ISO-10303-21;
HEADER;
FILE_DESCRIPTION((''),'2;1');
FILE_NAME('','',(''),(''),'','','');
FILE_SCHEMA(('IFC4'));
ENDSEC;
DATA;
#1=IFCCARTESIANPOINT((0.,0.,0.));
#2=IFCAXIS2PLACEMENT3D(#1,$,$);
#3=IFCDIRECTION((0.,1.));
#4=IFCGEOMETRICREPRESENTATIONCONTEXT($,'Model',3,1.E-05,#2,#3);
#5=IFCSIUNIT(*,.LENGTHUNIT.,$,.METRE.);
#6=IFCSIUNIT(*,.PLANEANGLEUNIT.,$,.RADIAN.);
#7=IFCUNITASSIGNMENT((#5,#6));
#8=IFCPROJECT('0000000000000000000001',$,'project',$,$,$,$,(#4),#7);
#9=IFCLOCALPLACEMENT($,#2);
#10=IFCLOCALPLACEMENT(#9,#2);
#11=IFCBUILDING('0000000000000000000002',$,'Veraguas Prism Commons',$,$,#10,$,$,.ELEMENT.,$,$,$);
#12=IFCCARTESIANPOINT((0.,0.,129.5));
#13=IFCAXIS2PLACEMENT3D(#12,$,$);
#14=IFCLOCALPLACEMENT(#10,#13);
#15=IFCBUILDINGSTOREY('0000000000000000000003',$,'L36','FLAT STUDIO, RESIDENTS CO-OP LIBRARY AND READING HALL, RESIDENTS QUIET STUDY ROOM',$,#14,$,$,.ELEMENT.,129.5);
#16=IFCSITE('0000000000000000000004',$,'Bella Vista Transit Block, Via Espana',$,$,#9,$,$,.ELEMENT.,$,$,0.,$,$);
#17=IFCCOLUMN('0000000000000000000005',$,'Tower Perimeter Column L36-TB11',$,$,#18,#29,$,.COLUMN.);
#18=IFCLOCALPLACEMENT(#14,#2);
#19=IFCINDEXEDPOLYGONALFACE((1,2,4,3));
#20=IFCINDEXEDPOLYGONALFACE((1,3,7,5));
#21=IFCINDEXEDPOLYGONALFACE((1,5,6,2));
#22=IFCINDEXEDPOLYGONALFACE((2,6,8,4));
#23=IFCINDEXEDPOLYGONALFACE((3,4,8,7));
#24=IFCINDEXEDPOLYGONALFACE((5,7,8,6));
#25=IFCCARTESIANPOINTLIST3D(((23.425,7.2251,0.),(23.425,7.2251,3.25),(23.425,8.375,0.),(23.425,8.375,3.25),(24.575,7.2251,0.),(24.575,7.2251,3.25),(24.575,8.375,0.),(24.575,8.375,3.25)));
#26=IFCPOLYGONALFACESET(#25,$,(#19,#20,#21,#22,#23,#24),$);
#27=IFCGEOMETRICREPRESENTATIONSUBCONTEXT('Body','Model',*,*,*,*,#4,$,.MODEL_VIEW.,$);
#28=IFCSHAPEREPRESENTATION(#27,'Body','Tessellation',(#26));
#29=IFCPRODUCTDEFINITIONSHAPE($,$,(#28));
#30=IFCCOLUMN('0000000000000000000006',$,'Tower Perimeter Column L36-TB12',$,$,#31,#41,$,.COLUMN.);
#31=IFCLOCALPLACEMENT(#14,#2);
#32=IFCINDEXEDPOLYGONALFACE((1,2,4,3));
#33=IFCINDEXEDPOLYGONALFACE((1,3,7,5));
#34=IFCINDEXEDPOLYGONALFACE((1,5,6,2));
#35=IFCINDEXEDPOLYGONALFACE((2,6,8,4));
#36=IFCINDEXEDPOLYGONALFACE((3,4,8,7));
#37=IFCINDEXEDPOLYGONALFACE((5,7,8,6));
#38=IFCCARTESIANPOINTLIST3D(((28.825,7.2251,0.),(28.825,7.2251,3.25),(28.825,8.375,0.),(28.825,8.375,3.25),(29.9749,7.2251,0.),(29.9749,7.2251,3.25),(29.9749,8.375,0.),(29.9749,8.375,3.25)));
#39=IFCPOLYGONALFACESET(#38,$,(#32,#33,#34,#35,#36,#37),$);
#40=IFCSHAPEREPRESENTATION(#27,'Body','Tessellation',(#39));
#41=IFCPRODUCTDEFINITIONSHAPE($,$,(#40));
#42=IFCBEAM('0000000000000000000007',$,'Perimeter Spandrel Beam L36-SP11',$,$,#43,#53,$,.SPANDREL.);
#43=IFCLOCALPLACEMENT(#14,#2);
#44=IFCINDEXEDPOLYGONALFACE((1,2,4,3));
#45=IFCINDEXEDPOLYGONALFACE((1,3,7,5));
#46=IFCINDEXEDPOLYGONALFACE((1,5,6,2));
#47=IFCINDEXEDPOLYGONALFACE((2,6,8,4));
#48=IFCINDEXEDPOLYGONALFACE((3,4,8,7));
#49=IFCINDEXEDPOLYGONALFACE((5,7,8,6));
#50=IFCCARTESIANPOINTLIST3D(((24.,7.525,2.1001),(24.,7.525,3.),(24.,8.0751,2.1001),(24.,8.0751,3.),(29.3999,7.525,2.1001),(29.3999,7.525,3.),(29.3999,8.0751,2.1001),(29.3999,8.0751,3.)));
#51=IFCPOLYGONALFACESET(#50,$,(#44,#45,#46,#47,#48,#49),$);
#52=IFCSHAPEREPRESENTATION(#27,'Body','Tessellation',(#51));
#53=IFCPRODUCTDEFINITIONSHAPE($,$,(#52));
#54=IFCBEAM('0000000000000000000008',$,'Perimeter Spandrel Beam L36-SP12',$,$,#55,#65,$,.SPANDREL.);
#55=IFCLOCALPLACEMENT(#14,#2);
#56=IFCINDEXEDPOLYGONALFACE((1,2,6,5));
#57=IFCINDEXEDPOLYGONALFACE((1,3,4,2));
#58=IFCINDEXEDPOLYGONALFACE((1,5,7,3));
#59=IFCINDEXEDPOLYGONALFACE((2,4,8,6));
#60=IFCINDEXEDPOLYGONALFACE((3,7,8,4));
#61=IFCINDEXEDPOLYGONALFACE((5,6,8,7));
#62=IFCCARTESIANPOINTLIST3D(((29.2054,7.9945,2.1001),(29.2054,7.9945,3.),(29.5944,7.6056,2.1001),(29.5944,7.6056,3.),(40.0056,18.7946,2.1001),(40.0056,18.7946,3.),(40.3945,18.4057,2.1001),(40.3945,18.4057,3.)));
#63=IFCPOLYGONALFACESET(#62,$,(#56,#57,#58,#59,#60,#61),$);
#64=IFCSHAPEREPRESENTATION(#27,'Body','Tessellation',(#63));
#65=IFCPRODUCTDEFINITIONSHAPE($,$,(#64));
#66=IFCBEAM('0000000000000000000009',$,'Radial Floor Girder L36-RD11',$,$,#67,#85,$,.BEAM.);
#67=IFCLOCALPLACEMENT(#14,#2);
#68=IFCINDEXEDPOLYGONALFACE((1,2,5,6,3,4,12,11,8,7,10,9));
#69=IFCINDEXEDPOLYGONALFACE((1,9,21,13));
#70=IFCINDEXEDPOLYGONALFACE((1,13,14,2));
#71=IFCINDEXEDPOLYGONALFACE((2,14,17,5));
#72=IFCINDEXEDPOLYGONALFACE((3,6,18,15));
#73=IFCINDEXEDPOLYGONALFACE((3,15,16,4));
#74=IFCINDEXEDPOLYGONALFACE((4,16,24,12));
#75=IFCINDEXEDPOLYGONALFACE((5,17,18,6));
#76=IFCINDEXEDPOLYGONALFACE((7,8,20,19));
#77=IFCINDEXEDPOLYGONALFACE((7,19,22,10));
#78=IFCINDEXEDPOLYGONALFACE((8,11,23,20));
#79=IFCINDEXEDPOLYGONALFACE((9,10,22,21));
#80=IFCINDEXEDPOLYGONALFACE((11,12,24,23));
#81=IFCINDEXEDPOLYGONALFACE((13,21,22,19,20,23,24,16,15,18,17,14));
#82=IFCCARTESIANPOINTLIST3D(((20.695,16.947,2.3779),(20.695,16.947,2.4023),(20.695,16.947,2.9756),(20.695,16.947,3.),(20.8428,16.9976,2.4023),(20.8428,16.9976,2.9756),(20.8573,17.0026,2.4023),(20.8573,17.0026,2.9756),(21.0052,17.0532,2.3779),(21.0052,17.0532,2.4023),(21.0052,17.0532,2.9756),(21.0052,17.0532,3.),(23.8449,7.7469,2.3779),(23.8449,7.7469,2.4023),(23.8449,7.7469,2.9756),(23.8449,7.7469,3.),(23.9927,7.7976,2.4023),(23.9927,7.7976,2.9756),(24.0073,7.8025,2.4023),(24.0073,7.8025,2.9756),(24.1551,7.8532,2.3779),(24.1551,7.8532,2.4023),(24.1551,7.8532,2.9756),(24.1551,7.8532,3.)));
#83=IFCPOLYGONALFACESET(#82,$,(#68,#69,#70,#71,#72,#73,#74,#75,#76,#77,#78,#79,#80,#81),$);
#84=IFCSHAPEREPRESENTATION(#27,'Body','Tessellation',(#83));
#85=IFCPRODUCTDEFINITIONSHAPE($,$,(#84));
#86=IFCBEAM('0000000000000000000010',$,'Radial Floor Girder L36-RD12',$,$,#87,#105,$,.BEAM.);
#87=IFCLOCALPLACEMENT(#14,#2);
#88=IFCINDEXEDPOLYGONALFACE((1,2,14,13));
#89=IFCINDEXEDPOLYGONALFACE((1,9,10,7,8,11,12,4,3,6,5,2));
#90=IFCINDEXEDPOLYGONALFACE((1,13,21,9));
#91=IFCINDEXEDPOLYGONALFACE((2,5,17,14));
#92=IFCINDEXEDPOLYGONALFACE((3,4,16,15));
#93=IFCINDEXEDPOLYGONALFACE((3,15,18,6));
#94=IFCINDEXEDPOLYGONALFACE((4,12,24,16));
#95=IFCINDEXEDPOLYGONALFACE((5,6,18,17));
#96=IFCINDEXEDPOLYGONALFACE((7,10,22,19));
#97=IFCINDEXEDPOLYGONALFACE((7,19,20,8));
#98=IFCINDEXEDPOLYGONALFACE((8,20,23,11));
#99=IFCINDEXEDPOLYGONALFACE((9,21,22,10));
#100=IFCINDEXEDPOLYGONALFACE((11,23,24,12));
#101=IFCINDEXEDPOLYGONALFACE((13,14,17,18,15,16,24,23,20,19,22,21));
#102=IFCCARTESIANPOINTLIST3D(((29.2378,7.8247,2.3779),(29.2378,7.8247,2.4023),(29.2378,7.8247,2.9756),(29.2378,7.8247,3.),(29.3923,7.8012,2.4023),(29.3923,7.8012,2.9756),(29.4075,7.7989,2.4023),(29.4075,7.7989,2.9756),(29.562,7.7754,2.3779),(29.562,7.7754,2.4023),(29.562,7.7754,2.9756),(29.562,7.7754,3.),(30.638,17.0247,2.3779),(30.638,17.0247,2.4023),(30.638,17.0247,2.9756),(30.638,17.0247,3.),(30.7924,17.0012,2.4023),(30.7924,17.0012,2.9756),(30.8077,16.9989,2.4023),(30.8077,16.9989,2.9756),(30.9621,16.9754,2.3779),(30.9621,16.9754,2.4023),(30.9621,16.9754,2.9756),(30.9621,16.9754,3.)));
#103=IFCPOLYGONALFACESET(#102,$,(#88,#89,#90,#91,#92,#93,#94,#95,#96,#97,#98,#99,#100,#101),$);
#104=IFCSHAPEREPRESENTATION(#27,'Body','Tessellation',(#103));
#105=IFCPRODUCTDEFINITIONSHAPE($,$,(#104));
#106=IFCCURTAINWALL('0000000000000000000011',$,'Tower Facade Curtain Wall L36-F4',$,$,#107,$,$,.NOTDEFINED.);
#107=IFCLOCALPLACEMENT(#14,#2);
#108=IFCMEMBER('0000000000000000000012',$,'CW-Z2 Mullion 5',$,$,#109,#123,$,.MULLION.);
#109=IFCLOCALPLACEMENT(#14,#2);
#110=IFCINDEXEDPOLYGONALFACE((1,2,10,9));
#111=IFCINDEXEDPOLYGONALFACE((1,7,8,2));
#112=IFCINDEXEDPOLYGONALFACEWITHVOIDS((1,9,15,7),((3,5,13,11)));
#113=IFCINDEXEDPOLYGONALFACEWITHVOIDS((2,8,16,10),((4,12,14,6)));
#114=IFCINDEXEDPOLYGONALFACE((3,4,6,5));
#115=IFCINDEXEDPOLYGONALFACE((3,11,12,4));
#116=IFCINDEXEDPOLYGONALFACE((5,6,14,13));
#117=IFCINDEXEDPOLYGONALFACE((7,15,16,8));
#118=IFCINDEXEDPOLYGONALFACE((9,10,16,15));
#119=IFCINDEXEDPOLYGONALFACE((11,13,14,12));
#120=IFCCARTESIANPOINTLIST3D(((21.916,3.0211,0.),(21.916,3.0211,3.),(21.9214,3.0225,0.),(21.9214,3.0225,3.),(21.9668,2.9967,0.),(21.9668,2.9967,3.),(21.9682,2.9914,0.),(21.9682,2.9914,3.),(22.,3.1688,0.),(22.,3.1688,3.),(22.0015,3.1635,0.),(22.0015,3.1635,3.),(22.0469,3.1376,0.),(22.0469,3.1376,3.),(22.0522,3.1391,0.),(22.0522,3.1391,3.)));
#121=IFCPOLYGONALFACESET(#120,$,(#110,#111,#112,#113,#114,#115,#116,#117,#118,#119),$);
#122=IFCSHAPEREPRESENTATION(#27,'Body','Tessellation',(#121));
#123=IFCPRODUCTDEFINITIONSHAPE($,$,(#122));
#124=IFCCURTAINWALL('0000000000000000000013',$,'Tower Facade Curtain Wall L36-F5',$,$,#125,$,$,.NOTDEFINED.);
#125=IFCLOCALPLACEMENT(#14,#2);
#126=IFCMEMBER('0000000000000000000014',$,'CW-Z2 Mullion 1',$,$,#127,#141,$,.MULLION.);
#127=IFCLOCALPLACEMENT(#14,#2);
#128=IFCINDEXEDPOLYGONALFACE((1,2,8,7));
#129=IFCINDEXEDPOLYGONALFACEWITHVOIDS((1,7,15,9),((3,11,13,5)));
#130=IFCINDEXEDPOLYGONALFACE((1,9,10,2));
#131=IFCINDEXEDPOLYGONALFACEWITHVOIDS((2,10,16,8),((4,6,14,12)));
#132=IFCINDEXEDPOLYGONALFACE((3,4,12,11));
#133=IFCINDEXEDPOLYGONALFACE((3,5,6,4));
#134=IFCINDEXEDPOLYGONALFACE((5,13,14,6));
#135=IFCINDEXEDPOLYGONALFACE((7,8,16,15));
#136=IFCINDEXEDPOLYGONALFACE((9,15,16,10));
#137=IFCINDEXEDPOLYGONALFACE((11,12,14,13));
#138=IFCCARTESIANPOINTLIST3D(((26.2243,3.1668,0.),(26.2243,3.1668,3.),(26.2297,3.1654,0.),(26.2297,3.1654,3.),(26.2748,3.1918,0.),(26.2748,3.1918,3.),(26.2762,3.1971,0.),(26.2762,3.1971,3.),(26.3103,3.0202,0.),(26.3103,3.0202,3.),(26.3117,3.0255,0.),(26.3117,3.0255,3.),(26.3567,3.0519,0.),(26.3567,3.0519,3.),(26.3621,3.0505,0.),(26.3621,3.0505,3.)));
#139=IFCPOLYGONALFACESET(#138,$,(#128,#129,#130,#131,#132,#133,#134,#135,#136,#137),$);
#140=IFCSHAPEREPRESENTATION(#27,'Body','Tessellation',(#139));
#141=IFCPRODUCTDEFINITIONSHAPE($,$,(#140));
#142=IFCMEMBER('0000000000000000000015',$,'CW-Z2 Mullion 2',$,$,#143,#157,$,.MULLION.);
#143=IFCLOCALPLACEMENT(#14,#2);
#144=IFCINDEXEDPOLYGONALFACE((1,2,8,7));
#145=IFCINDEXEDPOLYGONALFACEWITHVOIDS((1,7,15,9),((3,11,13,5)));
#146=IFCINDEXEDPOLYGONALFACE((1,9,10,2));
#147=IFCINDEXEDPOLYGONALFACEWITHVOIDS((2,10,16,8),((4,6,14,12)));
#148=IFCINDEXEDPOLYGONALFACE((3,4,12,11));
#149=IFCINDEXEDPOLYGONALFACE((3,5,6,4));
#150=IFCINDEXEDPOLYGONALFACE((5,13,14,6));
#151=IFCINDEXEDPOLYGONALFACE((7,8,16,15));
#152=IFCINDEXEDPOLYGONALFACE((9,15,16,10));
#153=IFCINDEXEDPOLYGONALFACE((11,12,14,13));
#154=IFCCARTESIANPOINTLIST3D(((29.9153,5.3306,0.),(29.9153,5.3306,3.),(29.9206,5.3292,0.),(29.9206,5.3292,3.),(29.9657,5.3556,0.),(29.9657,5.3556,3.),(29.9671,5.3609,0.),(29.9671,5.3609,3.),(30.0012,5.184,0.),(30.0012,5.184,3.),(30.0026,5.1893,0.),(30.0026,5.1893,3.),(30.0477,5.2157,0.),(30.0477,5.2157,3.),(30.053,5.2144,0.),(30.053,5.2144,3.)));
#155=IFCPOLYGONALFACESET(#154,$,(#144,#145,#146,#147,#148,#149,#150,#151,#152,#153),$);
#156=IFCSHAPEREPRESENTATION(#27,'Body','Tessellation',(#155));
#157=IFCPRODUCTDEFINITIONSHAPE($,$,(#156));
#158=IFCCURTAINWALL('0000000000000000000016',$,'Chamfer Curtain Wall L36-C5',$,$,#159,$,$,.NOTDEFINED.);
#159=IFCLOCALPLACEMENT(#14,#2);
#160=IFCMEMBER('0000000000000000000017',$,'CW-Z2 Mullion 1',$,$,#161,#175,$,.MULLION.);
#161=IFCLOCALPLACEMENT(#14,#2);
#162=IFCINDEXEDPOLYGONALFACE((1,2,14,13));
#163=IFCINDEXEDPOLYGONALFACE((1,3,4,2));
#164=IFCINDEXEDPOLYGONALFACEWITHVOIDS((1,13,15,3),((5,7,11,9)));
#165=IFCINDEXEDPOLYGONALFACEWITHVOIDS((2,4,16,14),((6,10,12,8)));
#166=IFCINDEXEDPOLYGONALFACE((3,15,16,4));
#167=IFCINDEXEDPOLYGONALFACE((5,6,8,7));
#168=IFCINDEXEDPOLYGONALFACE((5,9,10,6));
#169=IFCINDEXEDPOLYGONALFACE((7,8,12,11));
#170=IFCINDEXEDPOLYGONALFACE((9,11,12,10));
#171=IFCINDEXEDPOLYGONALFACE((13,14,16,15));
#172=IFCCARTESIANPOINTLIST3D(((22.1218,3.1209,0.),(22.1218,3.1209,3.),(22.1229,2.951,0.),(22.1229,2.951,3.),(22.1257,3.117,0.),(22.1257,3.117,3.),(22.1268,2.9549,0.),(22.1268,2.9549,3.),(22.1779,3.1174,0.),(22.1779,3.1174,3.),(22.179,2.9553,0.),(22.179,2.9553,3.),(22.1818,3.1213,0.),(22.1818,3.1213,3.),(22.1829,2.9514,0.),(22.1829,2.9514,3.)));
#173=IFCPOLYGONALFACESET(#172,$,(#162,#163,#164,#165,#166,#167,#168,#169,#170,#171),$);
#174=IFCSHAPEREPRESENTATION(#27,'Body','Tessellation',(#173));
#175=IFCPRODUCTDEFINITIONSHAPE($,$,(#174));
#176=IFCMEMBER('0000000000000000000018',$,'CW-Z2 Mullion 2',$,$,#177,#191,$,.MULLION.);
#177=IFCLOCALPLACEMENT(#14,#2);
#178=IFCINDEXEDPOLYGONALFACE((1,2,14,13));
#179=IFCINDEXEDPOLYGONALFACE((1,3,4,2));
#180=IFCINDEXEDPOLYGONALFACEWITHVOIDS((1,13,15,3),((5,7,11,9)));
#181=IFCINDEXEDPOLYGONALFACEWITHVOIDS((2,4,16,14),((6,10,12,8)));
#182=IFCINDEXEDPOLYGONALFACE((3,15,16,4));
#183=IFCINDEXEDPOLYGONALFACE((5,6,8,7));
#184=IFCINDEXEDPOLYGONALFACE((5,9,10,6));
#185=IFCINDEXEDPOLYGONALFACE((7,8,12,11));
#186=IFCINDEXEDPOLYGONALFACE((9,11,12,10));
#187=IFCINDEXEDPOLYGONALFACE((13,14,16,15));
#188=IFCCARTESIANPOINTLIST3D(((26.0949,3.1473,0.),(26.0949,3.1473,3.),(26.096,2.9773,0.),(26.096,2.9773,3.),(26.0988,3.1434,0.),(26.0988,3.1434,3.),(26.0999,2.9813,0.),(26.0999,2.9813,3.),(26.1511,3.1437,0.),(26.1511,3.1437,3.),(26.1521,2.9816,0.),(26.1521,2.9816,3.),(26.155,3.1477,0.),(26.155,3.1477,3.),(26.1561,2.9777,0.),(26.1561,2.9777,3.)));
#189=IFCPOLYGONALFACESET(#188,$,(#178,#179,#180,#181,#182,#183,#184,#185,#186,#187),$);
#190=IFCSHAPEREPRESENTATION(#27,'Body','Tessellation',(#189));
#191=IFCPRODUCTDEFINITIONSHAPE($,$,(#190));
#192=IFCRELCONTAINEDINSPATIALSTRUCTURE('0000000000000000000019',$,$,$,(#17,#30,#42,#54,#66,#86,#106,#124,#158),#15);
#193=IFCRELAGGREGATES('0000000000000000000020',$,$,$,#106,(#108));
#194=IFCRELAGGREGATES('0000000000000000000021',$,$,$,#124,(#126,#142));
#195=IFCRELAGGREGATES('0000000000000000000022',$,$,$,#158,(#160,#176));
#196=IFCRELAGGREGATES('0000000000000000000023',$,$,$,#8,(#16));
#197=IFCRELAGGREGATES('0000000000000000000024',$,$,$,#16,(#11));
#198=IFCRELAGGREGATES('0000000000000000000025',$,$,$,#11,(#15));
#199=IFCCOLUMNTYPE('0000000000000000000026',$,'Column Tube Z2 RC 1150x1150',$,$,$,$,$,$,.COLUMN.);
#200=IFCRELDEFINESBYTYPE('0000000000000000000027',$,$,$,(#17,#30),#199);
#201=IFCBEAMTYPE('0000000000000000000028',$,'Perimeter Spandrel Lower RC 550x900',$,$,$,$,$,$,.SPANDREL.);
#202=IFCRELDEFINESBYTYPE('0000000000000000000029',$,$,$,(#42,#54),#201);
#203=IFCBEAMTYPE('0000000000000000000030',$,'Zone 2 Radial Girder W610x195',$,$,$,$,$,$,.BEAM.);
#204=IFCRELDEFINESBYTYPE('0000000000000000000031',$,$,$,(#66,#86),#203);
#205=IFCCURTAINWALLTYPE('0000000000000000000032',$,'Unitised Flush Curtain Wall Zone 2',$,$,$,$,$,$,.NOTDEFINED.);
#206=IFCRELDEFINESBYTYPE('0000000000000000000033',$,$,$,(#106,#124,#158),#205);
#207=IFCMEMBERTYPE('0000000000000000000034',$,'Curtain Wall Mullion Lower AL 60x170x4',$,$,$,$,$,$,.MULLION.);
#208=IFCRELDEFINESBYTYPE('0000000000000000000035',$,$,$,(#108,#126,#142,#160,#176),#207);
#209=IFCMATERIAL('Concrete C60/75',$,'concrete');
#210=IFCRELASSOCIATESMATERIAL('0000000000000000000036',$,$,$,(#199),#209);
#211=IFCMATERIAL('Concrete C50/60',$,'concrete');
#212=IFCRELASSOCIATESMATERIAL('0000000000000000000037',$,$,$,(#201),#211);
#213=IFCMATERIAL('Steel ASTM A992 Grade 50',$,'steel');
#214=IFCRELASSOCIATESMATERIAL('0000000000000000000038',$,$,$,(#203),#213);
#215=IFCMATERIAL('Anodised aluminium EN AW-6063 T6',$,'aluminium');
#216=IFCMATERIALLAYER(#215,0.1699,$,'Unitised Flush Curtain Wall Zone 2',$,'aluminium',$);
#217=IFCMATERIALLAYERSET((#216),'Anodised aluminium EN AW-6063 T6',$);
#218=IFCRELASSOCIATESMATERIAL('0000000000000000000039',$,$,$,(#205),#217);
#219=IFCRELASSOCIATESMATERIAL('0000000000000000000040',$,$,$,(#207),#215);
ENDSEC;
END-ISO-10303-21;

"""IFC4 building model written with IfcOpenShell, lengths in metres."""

from ifc_helpers import new_model, si_unit, direction, frame, origin, origin_2d, place, context, subcontext, project, spatial, rectangle, hollow_rectangle, i_section, extrude, source, transform, mapped, material, layer, layer_set, material_profile, profile_set, type_object, element, aggregate, save


model = new_model("IFC4")

# Units and contexts
model_context = context("Model", 3, precision=1e-05, world=origin(), true_north=direction((0.0, 1.0)))
body_context = subcontext(model_context, "Body", "Model", "MODEL_VIEW")
ifc_project = project(units=[si_unit("LENGTHUNIT", "METRE"), si_unit("PLANEANGLEUNIT", "RADIAN")], contexts=[model_context])

# Site, building, storey
site_placement = place(None, origin())
site = spatial("IfcSite", under=ifc_project, at=site_placement, Name="Bella Vista Transit Block, Via Espana", CompositionType="ELEMENT", RefElevation=0.0)
building_placement = place(site_placement, origin())
building = spatial("IfcBuilding", under=site, at=building_placement, Name="Veraguas Prism Commons", CompositionType="ELEMENT")
storey_placement = place(building_placement, frame((0.0, 0.0, 129.5)))
storey = spatial("IfcBuildingStorey", under=building, at=storey_placement, Name="L36", Description="FLAT STUDIO, RESIDENTS CO-OP LIBRARY AND READING HALL, RESIDENTS QUIET STUDY ROOM", CompositionType="ELEMENT", Elevation=129.5)

# Columns
ifc_material_1 = material(Name="Concrete C60/75", Category="concrete")
ifc_material_profile_1 = material_profile(ifc_material_1, rectangle(XDim=1.1499, YDim=1.1499, at=origin_2d()), Name="RC1150X1150")
ifc_profile_set_1 = profile_set([ifc_material_profile_1], Name="Concrete C60/75")
column_type = type_object("IfcColumnType", Name="Column Tube Z2 RC 1150x1150", PredefinedType="COLUMN", material=ifc_profile_set_1)
for number, where, z_axis, x_axis, name in (
    (1, (24.0, 7.8, 0.0), (0.0, 0.0, 1.0), (1.0, 0.0, 0.0), "Tower Perimeter Column L36-TB11"),
    (2, (29.3999, 7.8, 0.0), (0.0, 0.0, 1.0), (1.0, 0.0, 0.0), "Tower Perimeter Column L36-TB12"),
):
    element("IfcColumn", number, at=place(storey_placement, frame(where, z_axis=z_axis, x_axis=x_axis)), inside=storey, type_object=column_type, Name=name, PredefinedType="COLUMN", context=body_context, shape_type="SweptSolid", body=[
        extrude(rectangle(XDim=1.1499, YDim=1.1499, at=origin_2d()), origin(), (0.0, 0.0, 1.0), 3.25),
    ])

# Beams
ifc_material_2 = material(Name="Concrete C50/60", Category="concrete")
ifc_material_profile_2 = material_profile(ifc_material_2, rectangle(XDim=0.55, YDim=0.8999, at=origin_2d()), Name="RC550X900")
ifc_profile_set_2 = profile_set([ifc_material_profile_2], Name="Concrete C50/60")
beam_type_1 = type_object("IfcBeamType", Name="Perimeter Spandrel Lower RC 550x900", PredefinedType="SPANDREL", material=ifc_profile_set_2)
beam_1_placement = place(storey_placement, frame((24.0, 7.8, 2.55), z_axis=(1.0, 0.0, 0.0), x_axis=(0.0, 1.0, 0.0)))
element("IfcBeam", 3, at=beam_1_placement, inside=storey, type_object=beam_type_1, Name="Perimeter Spandrel Beam L36-SP11", PredefinedType="SPANDREL", context=body_context, shape_type="SweptSolid", body=[
    extrude(rectangle(XDim=0.55, YDim=0.8999, at=origin_2d()), origin(), (0.0, 0.0, 1.0), 5.3999),
])
beam_2_placement = place(storey_placement, frame((29.3999, 7.8, 2.55), z_axis=(0.707107, 0.707107, 0.0), x_axis=(-0.707107, 0.707107, 0.0)))
element("IfcBeam", 4, at=beam_2_placement, inside=storey, type_object=beam_type_1, Name="Perimeter Spandrel Beam L36-SP12", PredefinedType="SPANDREL", context=body_context, shape_type="SweptSolid", body=[
    extrude(rectangle(XDim=0.55, YDim=0.8999, at=origin_2d()), origin(), (0.0, 0.0, 1.0), 15.2737),
])
ifc_material_3 = material(Name="Steel ASTM A992 Grade 50", Category="steel")
ifc_material_profile_3 = material_profile(ifc_material_3, i_section(OverallWidth=0.3279, OverallDepth=0.6221, WebThickness=0.0154, FlangeThickness=0.0244, at=origin_2d()), Name="W610X195")
ifc_profile_set_3 = profile_set([ifc_material_profile_3], Name="Steel ASTM A992 Grade 50")
beam_type_2 = type_object("IfcBeamType", Name="Zone 2 Radial Girder W610x195", PredefinedType="BEAM", material=ifc_profile_set_3)
beam_3_placement = place(storey_placement, frame((24.0, 7.8, 2.689), z_axis=(-0.323922, 0.946084, 0.0), x_axis=(-0.946084, -0.323922, 0.0)))
element("IfcBeam", 5, at=beam_3_placement, inside=storey, type_object=beam_type_2, Name="Radial Floor Girder L36-RD11", PredefinedType="BEAM", context=body_context, shape_type="SweptSolid", body=[
    extrude(i_section(OverallWidth=0.3279, OverallDepth=0.6221, WebThickness=0.0154, FlangeThickness=0.0244, at=origin_2d()), origin(), (0.0, 0.0, 1.0), 9.7244),
])
beam_4_placement = place(storey_placement, frame((29.3999, 7.8, 2.689), z_axis=(0.150458, 0.988616, 0.0), x_axis=(-0.988616, 0.150458, 0.0)))
element("IfcBeam", 6, at=beam_4_placement, inside=storey, type_object=beam_type_2, Name="Radial Floor Girder L36-RD12", PredefinedType="BEAM", context=body_context, shape_type="SweptSolid", body=[
    extrude(i_section(OverallWidth=0.3279, OverallDepth=0.6221, WebThickness=0.0154, FlangeThickness=0.0244, at=origin_2d()), origin(), (0.0, 0.0, 1.0), 9.3059),
])

# Curtain wall, member
ifc_material_4 = material(Name="Anodised aluminium EN AW-6063 T6", Category="aluminium")
ifc_layer_1 = layer(ifc_material_4, 0.1699, Name="Unitised Flush Curtain Wall Zone 2", Category="aluminium")
ifc_layer_set_1 = layer_set([ifc_layer_1], Name="Anodised aluminium EN AW-6063 T6")
curtain_wall_type = type_object("IfcCurtainWallType", Name="Unitised Flush Curtain Wall Zone 2", PredefinedType="NOTDEFINED", material=ifc_layer_set_1)
curtain_wall_1_placement = place(storey_placement, origin())
curtain_wall_1 = element("IfcCurtainWall", 7, at=curtain_wall_1_placement, inside=storey, type_object=curtain_wall_type, Name="Tower Facade Curtain Wall L36-F4", PredefinedType="NOTDEFINED")
ifc_material_profile_4 = material_profile(ifc_material_4, hollow_rectangle(XDim=0.0601, YDim=0.1699, WallThickness=0.0039, at=origin_2d()), Name="AL60X170X4")
ifc_profile_set_4 = profile_set([ifc_material_profile_4], Name="Anodised aluminium EN AW-6063 T6")
member_type_1 = type_object("IfcMemberType", Name="Curtain Wall Mullion Lower AL 60x170x4", PredefinedType="MULLION", material=ifc_profile_set_4)
shared_shape_1 = source(origin(), body_context, "Body", "SweptSolid", [
    extrude(hollow_rectangle(XDim=0.0601, YDim=0.1699, WallThickness=0.0039, at=origin_2d()), origin(), (0.0, 0.0, 1.0), 3.0),
])
member_1_placement = place(storey_placement, frame((21.9841, 3.0801, 0.0), z_axis=(0.0, 0.0, 1.0), x_axis=(0.869323, -0.494244, 0.0)))
member_1 = element("IfcMember", 8, at=member_1_placement, type_object=member_type_1, Name="CW-Z2 Mullion 5", PredefinedType="MULLION", context=body_context, shape_type="MappedRepresentation", body=[
    mapped(shared_shape_1, transform((0.0, 0.0, 0.0), scale=1.0)),
])
aggregate(curtain_wall_1, [member_1])

# Curtain walls, members
curtain_wall_2_placement = place(storey_placement, origin())
curtain_wall_2 = element("IfcCurtainWall", 9, at=curtain_wall_2_placement, inside=storey, type_object=curtain_wall_type, Name="Tower Facade Curtain Wall L36-F5", PredefinedType="NOTDEFINED")
member_2_placement = place(storey_placement, frame((26.2932, 3.1086, 0.0), z_axis=(0.0, 0.0, 1.0), x_axis=(0.862686, 0.50574, 0.0)))
member_2 = element("IfcMember", 10, at=member_2_placement, type_object=member_type_1, Name="CW-Z2 Mullion 1", PredefinedType="MULLION", context=body_context, shape_type="MappedRepresentation", body=[
    mapped(shared_shape_1, transform((0.0, 0.0, 0.0), scale=1.0)),
])
member_3_placement = place(storey_placement, frame((29.9841, 5.2725, 0.0), z_axis=(0.0, 0.0, 1.0), x_axis=(0.862686, 0.50574, 0.0)))
member_3 = element("IfcMember", 11, at=member_3_placement, type_object=member_type_1, Name="CW-Z2 Mullion 2", PredefinedType="MULLION", context=body_context, shape_type="MappedRepresentation", body=[
    mapped(shared_shape_1, transform((0.0, 0.0, 0.0), scale=1.0)),
])
curtain_wall_3_placement = place(storey_placement, origin())
curtain_wall_3 = element("IfcCurtainWall", 12, at=curtain_wall_3_placement, inside=storey, type_object=curtain_wall_type, Name="Chamfer Curtain Wall L36-C5", PredefinedType="NOTDEFINED")
member_4_placement = place(storey_placement, frame((22.1523, 3.0361, 0.0), z_axis=(0.0, 0.0, 1.0), x_axis=(0.999978, 0.00662, 0.0)))
member_4 = element("IfcMember", 13, at=member_4_placement, type_object=member_type_1, Name="CW-Z2 Mullion 1", PredefinedType="MULLION", context=body_context, shape_type="MappedRepresentation", body=[
    mapped(shared_shape_1, transform((0.0, 0.0, 0.0), scale=1.0)),
])
member_5_placement = place(storey_placement, frame((26.1255, 3.0625, 0.0), z_axis=(0.0, 0.0, 1.0), x_axis=(0.999978, 0.00662, 0.0)))
member_5 = element("IfcMember", 14, at=member_5_placement, type_object=member_type_1, Name="CW-Z2 Mullion 2", PredefinedType="MULLION", context=body_context, shape_type="MappedRepresentation", body=[
    mapped(shared_shape_1, transform((0.0, 0.0, 0.0), scale=1.0)),
])

aggregate(curtain_wall_2, [member_2, member_3])
aggregate(curtain_wall_3, [member_4, member_5])

save(model, "model.ifc")
